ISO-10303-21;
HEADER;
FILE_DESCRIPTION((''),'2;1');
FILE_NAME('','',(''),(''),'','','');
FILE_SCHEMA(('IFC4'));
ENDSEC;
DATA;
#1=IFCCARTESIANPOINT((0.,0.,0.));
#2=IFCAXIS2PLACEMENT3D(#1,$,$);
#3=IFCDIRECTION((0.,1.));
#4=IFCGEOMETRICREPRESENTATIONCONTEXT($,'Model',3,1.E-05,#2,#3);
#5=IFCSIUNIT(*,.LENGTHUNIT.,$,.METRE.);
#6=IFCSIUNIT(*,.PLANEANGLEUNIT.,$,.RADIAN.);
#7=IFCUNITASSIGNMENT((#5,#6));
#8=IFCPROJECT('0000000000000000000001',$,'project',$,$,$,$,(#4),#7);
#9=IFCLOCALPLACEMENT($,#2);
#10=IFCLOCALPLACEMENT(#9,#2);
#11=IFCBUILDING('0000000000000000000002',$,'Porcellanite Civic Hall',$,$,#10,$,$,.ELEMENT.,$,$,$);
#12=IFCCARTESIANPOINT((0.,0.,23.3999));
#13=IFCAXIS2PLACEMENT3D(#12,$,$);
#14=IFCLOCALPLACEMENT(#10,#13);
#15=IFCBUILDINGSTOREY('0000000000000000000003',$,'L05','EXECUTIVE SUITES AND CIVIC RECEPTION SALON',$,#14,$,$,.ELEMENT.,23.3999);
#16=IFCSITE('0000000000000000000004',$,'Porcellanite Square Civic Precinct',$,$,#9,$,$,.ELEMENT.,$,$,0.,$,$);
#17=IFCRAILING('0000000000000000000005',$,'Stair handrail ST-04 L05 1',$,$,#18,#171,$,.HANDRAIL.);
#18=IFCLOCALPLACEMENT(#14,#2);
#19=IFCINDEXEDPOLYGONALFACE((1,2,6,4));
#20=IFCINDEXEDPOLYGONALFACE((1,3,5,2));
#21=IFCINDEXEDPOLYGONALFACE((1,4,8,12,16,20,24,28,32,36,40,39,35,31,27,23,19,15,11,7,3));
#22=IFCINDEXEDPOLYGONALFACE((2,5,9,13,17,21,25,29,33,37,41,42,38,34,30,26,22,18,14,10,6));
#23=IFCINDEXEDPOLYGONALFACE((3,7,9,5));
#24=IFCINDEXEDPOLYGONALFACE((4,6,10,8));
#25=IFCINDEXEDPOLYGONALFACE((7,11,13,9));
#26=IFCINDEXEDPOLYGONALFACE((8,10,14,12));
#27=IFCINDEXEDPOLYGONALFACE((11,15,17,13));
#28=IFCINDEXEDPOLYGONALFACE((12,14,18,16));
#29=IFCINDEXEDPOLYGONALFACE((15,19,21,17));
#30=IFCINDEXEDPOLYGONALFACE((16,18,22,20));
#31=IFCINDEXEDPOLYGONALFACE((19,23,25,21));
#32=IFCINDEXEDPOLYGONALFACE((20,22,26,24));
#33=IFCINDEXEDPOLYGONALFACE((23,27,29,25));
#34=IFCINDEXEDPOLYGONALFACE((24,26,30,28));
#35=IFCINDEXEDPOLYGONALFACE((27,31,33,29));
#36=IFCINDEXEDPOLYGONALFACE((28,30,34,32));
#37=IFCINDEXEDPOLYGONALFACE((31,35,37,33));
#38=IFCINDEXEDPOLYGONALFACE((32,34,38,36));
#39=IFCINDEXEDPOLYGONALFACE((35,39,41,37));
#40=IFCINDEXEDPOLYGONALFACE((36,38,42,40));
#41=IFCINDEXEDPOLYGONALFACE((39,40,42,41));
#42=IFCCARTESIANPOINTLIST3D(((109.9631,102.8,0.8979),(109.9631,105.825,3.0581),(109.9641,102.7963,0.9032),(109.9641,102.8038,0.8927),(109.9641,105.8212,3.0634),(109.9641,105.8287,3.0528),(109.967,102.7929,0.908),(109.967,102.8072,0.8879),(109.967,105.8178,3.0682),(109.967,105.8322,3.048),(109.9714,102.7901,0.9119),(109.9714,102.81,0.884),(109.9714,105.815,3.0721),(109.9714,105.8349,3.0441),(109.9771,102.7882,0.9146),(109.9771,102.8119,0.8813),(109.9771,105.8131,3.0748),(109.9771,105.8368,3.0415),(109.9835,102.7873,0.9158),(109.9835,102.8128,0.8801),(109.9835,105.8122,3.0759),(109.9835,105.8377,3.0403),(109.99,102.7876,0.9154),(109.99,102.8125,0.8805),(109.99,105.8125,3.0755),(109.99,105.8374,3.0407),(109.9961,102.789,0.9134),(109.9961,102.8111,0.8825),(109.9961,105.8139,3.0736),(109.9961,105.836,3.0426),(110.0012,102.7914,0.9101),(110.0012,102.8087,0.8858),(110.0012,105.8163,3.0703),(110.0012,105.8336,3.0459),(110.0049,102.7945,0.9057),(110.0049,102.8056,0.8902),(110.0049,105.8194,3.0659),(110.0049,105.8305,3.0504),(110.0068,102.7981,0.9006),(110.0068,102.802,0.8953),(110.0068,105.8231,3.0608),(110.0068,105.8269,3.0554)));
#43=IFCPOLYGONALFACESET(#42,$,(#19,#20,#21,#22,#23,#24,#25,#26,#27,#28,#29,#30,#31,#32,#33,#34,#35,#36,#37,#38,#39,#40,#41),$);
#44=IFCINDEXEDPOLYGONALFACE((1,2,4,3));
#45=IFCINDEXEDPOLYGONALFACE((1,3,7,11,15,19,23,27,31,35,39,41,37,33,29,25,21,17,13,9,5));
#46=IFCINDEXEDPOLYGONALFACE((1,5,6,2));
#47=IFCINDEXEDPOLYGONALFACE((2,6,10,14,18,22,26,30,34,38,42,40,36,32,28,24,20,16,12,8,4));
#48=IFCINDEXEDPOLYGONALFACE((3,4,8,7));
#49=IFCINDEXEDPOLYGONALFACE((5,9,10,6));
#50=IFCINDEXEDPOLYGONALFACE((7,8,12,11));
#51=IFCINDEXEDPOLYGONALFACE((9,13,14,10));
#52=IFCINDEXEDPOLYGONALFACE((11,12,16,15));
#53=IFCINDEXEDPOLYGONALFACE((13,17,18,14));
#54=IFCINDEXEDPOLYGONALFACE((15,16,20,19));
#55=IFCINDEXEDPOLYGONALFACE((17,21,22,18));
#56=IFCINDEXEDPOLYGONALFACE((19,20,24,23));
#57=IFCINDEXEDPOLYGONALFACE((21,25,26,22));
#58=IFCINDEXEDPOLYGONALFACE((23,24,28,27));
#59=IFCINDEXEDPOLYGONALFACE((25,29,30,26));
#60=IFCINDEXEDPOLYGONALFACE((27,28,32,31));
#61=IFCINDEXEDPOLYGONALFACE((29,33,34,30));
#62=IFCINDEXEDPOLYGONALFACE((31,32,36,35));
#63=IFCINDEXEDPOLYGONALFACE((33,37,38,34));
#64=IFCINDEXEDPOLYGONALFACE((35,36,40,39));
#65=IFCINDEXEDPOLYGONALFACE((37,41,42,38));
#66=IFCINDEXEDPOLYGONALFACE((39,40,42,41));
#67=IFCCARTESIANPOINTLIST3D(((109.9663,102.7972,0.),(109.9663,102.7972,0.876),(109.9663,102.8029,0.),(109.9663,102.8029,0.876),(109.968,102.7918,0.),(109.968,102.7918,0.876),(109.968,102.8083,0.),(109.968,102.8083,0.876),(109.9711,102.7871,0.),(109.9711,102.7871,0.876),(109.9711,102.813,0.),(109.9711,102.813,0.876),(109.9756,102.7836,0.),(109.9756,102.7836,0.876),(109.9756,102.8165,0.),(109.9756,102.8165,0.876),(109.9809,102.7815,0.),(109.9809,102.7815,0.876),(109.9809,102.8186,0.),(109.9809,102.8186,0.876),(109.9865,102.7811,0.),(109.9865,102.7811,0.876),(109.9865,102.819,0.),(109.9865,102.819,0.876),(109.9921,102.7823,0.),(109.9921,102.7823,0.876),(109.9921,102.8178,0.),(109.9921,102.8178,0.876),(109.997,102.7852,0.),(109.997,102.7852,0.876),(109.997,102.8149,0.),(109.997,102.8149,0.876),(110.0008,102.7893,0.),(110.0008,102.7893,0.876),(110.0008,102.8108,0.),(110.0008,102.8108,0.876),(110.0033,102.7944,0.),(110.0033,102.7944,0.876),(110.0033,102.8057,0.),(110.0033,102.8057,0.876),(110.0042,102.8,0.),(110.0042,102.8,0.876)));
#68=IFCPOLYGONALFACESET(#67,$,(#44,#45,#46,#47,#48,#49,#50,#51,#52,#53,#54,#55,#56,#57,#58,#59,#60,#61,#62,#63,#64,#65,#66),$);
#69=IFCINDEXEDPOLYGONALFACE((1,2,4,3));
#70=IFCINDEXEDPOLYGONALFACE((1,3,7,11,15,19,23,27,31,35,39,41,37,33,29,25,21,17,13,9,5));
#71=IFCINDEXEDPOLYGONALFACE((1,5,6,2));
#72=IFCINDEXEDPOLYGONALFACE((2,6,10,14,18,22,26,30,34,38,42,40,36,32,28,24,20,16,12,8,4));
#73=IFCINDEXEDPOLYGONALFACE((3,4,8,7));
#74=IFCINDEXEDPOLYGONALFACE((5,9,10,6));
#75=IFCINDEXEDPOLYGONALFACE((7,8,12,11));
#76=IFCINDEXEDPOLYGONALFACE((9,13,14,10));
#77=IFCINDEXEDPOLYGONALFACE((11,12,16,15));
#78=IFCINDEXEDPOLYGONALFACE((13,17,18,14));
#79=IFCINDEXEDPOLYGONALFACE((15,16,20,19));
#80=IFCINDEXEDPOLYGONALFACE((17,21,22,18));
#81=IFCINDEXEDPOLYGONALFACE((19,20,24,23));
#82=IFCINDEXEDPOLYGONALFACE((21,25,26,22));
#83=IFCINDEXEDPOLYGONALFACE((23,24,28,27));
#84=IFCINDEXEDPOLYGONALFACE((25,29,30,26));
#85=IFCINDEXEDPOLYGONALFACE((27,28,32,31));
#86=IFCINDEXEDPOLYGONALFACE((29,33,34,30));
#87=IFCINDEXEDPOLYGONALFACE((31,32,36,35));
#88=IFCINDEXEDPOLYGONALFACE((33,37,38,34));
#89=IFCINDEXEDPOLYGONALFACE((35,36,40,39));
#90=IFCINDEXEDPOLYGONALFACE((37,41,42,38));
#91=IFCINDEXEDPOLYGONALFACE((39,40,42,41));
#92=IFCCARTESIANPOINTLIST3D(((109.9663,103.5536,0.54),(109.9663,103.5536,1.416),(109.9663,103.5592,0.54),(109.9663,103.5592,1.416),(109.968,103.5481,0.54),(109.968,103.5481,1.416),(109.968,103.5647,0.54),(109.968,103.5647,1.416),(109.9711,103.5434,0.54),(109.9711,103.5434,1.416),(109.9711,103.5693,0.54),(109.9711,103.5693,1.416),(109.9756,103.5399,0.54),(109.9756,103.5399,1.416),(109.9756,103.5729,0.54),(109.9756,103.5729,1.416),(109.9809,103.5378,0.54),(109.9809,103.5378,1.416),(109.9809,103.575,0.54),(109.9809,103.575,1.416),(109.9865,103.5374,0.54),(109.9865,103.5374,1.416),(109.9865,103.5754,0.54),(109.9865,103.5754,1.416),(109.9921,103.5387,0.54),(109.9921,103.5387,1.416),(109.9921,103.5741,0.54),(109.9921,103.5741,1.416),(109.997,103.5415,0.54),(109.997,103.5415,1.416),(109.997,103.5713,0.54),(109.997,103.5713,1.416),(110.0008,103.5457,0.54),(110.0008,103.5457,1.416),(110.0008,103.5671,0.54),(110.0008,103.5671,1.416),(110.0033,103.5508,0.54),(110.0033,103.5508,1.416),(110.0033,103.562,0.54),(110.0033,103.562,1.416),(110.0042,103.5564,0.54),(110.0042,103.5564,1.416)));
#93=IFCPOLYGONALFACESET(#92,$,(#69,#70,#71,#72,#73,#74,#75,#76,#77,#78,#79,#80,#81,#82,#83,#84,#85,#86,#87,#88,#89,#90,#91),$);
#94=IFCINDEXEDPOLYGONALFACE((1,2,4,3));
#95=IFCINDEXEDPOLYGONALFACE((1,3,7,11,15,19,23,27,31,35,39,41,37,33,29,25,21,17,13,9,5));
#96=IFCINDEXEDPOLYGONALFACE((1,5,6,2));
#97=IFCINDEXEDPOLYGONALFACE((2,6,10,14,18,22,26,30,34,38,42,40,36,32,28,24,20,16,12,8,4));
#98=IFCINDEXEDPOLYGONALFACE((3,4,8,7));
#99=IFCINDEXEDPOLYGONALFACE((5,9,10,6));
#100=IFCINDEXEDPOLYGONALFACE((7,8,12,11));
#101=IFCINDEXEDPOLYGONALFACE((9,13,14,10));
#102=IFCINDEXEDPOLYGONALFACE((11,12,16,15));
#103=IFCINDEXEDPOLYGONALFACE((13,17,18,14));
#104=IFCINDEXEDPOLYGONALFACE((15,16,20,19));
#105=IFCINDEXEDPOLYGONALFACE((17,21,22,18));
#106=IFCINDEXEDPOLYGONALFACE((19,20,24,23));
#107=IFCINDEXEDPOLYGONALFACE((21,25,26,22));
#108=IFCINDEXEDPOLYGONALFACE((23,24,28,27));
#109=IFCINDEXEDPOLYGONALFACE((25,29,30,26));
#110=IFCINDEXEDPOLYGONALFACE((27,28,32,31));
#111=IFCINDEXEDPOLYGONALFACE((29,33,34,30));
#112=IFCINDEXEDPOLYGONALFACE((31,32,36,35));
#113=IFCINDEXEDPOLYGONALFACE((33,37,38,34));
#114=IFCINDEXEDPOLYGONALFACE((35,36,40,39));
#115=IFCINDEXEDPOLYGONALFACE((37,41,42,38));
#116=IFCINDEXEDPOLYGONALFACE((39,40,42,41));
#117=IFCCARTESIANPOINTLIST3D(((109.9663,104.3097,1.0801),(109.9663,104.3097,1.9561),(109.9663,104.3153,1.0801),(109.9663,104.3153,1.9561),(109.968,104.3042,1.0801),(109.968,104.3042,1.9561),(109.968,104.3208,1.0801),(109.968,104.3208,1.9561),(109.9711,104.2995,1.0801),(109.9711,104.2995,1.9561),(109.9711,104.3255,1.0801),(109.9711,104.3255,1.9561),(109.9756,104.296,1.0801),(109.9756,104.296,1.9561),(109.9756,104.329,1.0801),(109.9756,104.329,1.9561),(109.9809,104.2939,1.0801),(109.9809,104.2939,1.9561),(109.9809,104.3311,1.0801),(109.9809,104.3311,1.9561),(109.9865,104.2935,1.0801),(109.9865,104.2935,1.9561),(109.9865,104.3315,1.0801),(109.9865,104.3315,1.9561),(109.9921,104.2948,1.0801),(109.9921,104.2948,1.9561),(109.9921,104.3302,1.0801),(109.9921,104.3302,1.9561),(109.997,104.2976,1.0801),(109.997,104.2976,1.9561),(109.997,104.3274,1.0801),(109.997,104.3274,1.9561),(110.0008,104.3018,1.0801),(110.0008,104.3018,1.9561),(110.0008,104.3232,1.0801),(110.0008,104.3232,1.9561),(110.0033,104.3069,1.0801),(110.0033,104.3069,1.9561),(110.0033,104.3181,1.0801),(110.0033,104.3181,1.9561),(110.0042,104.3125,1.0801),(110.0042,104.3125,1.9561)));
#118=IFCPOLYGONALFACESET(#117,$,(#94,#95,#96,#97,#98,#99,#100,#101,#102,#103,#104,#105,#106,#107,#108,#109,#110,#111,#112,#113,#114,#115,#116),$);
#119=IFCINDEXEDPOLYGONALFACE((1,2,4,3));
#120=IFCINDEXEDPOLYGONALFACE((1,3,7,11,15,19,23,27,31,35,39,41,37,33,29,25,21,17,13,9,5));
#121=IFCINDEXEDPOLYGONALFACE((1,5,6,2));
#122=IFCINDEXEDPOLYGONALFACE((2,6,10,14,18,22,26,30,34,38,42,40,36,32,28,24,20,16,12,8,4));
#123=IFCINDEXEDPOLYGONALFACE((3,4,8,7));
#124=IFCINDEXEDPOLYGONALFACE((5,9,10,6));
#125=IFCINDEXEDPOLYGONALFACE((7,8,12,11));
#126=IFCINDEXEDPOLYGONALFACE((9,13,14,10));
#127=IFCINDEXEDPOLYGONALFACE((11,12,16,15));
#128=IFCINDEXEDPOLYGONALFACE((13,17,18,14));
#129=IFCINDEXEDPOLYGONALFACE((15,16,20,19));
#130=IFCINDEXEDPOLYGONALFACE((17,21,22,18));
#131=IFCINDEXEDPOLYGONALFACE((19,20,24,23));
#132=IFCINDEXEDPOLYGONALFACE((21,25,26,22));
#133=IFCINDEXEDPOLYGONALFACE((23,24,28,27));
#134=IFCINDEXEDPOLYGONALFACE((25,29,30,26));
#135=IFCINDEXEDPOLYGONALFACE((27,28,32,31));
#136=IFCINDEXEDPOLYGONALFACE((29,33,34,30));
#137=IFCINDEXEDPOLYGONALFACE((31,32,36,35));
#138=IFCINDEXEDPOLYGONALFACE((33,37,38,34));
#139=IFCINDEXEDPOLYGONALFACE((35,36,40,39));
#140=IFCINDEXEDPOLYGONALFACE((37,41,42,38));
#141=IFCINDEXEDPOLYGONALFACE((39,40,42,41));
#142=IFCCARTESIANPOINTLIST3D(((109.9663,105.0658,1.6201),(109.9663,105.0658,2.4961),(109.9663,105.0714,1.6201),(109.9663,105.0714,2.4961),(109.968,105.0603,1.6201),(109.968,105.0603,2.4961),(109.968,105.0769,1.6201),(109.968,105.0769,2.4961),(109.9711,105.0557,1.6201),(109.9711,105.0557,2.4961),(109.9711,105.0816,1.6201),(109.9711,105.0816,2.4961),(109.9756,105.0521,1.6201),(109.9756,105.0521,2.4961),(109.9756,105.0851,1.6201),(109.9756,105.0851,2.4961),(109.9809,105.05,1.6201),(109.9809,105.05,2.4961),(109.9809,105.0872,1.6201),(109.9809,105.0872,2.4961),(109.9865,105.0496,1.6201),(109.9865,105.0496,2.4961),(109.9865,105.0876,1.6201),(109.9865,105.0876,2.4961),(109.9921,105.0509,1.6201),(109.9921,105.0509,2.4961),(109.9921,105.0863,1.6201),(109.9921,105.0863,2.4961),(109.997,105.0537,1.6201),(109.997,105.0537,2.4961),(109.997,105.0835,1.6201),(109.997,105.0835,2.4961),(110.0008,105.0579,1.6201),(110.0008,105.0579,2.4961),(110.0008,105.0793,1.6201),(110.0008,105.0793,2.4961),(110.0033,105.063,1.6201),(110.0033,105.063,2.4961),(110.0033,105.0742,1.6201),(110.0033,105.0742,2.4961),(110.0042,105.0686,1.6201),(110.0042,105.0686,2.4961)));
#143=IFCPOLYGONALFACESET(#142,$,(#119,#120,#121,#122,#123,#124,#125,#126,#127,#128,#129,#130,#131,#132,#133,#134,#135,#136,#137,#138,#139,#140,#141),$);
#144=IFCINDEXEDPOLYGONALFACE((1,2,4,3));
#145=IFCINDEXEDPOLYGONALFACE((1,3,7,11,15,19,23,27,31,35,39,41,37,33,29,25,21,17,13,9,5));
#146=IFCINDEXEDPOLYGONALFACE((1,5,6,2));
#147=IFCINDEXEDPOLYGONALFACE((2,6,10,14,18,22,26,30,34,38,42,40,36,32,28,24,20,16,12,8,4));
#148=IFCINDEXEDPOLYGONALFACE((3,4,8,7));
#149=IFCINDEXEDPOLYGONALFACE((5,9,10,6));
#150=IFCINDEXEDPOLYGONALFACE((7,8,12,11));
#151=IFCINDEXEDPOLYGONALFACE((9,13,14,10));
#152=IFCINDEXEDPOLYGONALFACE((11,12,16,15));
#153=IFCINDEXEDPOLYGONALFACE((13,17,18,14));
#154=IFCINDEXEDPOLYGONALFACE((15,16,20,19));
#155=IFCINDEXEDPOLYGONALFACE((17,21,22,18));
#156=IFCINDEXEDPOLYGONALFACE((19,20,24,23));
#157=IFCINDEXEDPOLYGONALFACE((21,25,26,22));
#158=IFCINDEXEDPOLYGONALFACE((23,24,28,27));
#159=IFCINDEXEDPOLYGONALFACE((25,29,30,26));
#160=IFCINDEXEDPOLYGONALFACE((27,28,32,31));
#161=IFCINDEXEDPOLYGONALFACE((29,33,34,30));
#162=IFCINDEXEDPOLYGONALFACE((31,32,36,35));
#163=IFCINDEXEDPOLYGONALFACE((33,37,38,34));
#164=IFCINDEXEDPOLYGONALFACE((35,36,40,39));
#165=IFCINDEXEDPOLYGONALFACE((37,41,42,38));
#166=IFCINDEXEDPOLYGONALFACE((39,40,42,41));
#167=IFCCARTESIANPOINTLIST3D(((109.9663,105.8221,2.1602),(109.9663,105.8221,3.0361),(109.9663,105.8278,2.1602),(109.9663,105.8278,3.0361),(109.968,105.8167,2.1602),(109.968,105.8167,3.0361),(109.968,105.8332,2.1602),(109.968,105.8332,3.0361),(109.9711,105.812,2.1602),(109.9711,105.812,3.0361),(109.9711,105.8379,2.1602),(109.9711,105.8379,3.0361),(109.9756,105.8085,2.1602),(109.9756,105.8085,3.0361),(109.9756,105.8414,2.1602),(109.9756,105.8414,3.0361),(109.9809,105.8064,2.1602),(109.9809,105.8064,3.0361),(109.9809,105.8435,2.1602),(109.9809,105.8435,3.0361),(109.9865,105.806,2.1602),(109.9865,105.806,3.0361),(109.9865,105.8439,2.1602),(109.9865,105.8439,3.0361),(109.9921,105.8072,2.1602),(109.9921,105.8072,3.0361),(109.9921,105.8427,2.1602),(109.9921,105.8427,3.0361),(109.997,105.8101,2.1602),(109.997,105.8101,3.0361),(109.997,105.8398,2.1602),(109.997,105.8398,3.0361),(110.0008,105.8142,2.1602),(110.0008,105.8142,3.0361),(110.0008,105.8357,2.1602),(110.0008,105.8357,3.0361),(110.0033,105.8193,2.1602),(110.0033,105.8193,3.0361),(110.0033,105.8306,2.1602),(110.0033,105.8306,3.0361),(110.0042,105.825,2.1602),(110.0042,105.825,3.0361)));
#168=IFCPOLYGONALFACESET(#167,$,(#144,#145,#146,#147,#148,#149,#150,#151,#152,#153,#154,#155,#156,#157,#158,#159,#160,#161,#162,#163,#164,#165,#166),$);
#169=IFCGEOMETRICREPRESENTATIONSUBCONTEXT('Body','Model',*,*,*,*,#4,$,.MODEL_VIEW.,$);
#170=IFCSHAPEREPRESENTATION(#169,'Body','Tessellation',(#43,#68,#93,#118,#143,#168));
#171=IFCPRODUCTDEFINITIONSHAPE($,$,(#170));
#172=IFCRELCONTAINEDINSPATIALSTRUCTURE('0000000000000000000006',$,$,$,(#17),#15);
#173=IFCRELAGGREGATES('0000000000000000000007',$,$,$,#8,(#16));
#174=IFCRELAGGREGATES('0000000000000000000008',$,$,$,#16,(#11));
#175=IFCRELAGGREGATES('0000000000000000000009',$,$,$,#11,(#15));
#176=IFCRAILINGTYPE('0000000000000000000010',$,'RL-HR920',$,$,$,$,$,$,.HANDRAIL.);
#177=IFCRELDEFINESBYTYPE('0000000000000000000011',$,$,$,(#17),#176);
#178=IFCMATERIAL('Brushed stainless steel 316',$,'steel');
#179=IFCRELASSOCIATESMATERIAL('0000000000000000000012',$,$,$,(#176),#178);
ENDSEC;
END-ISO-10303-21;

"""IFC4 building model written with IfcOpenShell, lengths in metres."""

from ifc_helpers import new_model, si_unit, direction, frame, origin, origin_2d, place, context, subcontext, project, spatial, circle, extrude, material, type_object, element, save


model = new_model("IFC4")

# Units and contexts
model_context = context("Model", 3, precision=1e-05, world=origin(), true_north=direction((0.0, 1.0)))
body_context = subcontext(model_context, "Body", "Model", "MODEL_VIEW")
ifc_project = project(units=[si_unit("LENGTHUNIT", "METRE"), si_unit("PLANEANGLEUNIT", "RADIAN")], contexts=[model_context])

# Site, building, storey
site_placement = place(None, origin())
site = spatial("IfcSite", under=ifc_project, at=site_placement, Name="Porcellanite Square Civic Precinct", CompositionType="ELEMENT", RefElevation=0.0)
building_placement = place(site_placement, origin())
building = spatial("IfcBuilding", under=site, at=building_placement, Name="Porcellanite Civic Hall", CompositionType="ELEMENT")
storey_placement = place(building_placement, frame((0.0, 0.0, 23.3999)))
storey = spatial("IfcBuildingStorey", under=building, at=storey_placement, Name="L05", Description="EXECUTIVE SUITES AND CIVIC RECEPTION SALON", CompositionType="ELEMENT", Elevation=23.3999)

# Railing
ifc_material_1 = material(Name="Brushed stainless steel 316", Category="steel")
railing_type_1 = type_object("IfcRailingType", Name="RL-HR920", PredefinedType="HANDRAIL", material=ifc_material_1)
railing_1_placement = place(storey_placement, frame((109.9851, 102.8, 0.0)))
element("IfcRailing", 1, at=railing_1_placement, inside=storey, type_object=railing_type_1, Name="Stair handrail ST-04 L05 1", PredefinedType="HANDRAIL", context=body_context, shape_type="SweptSolid", body=[
    extrude(circle(Radius=0.022, at=origin_2d()), frame((0.0, 0.0, 0.8979), z_axis=(0.0, 0.813796, 0.581151), x_axis=(-1.0, 0.0, 0.0)), (0.0, 0.0, 1.0), 3.717),
    extrude(circle(Radius=0.019, at=origin_2d()), origin(), (0.0, 0.0, 1.0), 0.876),
    extrude(circle(Radius=0.019, at=origin_2d()), frame((0.0, 0.7563, 0.54)), (0.0, 0.0, 1.0), 0.876),
    extrude(circle(Radius=0.019, at=origin_2d()), frame((0.0, 1.5125, 1.0801)), (0.0, 0.0, 1.0), 0.876),
    extrude(circle(Radius=0.019, at=origin_2d()), frame((0.0, 2.2686, 1.6201)), (0.0, 0.0, 1.0), 0.876),
    extrude(circle(Radius=0.019, at=origin_2d()), frame((0.0, 3.0249, 2.1602)), (0.0, 0.0, 1.0), 0.876),
])

save(model, "model.ifc")
